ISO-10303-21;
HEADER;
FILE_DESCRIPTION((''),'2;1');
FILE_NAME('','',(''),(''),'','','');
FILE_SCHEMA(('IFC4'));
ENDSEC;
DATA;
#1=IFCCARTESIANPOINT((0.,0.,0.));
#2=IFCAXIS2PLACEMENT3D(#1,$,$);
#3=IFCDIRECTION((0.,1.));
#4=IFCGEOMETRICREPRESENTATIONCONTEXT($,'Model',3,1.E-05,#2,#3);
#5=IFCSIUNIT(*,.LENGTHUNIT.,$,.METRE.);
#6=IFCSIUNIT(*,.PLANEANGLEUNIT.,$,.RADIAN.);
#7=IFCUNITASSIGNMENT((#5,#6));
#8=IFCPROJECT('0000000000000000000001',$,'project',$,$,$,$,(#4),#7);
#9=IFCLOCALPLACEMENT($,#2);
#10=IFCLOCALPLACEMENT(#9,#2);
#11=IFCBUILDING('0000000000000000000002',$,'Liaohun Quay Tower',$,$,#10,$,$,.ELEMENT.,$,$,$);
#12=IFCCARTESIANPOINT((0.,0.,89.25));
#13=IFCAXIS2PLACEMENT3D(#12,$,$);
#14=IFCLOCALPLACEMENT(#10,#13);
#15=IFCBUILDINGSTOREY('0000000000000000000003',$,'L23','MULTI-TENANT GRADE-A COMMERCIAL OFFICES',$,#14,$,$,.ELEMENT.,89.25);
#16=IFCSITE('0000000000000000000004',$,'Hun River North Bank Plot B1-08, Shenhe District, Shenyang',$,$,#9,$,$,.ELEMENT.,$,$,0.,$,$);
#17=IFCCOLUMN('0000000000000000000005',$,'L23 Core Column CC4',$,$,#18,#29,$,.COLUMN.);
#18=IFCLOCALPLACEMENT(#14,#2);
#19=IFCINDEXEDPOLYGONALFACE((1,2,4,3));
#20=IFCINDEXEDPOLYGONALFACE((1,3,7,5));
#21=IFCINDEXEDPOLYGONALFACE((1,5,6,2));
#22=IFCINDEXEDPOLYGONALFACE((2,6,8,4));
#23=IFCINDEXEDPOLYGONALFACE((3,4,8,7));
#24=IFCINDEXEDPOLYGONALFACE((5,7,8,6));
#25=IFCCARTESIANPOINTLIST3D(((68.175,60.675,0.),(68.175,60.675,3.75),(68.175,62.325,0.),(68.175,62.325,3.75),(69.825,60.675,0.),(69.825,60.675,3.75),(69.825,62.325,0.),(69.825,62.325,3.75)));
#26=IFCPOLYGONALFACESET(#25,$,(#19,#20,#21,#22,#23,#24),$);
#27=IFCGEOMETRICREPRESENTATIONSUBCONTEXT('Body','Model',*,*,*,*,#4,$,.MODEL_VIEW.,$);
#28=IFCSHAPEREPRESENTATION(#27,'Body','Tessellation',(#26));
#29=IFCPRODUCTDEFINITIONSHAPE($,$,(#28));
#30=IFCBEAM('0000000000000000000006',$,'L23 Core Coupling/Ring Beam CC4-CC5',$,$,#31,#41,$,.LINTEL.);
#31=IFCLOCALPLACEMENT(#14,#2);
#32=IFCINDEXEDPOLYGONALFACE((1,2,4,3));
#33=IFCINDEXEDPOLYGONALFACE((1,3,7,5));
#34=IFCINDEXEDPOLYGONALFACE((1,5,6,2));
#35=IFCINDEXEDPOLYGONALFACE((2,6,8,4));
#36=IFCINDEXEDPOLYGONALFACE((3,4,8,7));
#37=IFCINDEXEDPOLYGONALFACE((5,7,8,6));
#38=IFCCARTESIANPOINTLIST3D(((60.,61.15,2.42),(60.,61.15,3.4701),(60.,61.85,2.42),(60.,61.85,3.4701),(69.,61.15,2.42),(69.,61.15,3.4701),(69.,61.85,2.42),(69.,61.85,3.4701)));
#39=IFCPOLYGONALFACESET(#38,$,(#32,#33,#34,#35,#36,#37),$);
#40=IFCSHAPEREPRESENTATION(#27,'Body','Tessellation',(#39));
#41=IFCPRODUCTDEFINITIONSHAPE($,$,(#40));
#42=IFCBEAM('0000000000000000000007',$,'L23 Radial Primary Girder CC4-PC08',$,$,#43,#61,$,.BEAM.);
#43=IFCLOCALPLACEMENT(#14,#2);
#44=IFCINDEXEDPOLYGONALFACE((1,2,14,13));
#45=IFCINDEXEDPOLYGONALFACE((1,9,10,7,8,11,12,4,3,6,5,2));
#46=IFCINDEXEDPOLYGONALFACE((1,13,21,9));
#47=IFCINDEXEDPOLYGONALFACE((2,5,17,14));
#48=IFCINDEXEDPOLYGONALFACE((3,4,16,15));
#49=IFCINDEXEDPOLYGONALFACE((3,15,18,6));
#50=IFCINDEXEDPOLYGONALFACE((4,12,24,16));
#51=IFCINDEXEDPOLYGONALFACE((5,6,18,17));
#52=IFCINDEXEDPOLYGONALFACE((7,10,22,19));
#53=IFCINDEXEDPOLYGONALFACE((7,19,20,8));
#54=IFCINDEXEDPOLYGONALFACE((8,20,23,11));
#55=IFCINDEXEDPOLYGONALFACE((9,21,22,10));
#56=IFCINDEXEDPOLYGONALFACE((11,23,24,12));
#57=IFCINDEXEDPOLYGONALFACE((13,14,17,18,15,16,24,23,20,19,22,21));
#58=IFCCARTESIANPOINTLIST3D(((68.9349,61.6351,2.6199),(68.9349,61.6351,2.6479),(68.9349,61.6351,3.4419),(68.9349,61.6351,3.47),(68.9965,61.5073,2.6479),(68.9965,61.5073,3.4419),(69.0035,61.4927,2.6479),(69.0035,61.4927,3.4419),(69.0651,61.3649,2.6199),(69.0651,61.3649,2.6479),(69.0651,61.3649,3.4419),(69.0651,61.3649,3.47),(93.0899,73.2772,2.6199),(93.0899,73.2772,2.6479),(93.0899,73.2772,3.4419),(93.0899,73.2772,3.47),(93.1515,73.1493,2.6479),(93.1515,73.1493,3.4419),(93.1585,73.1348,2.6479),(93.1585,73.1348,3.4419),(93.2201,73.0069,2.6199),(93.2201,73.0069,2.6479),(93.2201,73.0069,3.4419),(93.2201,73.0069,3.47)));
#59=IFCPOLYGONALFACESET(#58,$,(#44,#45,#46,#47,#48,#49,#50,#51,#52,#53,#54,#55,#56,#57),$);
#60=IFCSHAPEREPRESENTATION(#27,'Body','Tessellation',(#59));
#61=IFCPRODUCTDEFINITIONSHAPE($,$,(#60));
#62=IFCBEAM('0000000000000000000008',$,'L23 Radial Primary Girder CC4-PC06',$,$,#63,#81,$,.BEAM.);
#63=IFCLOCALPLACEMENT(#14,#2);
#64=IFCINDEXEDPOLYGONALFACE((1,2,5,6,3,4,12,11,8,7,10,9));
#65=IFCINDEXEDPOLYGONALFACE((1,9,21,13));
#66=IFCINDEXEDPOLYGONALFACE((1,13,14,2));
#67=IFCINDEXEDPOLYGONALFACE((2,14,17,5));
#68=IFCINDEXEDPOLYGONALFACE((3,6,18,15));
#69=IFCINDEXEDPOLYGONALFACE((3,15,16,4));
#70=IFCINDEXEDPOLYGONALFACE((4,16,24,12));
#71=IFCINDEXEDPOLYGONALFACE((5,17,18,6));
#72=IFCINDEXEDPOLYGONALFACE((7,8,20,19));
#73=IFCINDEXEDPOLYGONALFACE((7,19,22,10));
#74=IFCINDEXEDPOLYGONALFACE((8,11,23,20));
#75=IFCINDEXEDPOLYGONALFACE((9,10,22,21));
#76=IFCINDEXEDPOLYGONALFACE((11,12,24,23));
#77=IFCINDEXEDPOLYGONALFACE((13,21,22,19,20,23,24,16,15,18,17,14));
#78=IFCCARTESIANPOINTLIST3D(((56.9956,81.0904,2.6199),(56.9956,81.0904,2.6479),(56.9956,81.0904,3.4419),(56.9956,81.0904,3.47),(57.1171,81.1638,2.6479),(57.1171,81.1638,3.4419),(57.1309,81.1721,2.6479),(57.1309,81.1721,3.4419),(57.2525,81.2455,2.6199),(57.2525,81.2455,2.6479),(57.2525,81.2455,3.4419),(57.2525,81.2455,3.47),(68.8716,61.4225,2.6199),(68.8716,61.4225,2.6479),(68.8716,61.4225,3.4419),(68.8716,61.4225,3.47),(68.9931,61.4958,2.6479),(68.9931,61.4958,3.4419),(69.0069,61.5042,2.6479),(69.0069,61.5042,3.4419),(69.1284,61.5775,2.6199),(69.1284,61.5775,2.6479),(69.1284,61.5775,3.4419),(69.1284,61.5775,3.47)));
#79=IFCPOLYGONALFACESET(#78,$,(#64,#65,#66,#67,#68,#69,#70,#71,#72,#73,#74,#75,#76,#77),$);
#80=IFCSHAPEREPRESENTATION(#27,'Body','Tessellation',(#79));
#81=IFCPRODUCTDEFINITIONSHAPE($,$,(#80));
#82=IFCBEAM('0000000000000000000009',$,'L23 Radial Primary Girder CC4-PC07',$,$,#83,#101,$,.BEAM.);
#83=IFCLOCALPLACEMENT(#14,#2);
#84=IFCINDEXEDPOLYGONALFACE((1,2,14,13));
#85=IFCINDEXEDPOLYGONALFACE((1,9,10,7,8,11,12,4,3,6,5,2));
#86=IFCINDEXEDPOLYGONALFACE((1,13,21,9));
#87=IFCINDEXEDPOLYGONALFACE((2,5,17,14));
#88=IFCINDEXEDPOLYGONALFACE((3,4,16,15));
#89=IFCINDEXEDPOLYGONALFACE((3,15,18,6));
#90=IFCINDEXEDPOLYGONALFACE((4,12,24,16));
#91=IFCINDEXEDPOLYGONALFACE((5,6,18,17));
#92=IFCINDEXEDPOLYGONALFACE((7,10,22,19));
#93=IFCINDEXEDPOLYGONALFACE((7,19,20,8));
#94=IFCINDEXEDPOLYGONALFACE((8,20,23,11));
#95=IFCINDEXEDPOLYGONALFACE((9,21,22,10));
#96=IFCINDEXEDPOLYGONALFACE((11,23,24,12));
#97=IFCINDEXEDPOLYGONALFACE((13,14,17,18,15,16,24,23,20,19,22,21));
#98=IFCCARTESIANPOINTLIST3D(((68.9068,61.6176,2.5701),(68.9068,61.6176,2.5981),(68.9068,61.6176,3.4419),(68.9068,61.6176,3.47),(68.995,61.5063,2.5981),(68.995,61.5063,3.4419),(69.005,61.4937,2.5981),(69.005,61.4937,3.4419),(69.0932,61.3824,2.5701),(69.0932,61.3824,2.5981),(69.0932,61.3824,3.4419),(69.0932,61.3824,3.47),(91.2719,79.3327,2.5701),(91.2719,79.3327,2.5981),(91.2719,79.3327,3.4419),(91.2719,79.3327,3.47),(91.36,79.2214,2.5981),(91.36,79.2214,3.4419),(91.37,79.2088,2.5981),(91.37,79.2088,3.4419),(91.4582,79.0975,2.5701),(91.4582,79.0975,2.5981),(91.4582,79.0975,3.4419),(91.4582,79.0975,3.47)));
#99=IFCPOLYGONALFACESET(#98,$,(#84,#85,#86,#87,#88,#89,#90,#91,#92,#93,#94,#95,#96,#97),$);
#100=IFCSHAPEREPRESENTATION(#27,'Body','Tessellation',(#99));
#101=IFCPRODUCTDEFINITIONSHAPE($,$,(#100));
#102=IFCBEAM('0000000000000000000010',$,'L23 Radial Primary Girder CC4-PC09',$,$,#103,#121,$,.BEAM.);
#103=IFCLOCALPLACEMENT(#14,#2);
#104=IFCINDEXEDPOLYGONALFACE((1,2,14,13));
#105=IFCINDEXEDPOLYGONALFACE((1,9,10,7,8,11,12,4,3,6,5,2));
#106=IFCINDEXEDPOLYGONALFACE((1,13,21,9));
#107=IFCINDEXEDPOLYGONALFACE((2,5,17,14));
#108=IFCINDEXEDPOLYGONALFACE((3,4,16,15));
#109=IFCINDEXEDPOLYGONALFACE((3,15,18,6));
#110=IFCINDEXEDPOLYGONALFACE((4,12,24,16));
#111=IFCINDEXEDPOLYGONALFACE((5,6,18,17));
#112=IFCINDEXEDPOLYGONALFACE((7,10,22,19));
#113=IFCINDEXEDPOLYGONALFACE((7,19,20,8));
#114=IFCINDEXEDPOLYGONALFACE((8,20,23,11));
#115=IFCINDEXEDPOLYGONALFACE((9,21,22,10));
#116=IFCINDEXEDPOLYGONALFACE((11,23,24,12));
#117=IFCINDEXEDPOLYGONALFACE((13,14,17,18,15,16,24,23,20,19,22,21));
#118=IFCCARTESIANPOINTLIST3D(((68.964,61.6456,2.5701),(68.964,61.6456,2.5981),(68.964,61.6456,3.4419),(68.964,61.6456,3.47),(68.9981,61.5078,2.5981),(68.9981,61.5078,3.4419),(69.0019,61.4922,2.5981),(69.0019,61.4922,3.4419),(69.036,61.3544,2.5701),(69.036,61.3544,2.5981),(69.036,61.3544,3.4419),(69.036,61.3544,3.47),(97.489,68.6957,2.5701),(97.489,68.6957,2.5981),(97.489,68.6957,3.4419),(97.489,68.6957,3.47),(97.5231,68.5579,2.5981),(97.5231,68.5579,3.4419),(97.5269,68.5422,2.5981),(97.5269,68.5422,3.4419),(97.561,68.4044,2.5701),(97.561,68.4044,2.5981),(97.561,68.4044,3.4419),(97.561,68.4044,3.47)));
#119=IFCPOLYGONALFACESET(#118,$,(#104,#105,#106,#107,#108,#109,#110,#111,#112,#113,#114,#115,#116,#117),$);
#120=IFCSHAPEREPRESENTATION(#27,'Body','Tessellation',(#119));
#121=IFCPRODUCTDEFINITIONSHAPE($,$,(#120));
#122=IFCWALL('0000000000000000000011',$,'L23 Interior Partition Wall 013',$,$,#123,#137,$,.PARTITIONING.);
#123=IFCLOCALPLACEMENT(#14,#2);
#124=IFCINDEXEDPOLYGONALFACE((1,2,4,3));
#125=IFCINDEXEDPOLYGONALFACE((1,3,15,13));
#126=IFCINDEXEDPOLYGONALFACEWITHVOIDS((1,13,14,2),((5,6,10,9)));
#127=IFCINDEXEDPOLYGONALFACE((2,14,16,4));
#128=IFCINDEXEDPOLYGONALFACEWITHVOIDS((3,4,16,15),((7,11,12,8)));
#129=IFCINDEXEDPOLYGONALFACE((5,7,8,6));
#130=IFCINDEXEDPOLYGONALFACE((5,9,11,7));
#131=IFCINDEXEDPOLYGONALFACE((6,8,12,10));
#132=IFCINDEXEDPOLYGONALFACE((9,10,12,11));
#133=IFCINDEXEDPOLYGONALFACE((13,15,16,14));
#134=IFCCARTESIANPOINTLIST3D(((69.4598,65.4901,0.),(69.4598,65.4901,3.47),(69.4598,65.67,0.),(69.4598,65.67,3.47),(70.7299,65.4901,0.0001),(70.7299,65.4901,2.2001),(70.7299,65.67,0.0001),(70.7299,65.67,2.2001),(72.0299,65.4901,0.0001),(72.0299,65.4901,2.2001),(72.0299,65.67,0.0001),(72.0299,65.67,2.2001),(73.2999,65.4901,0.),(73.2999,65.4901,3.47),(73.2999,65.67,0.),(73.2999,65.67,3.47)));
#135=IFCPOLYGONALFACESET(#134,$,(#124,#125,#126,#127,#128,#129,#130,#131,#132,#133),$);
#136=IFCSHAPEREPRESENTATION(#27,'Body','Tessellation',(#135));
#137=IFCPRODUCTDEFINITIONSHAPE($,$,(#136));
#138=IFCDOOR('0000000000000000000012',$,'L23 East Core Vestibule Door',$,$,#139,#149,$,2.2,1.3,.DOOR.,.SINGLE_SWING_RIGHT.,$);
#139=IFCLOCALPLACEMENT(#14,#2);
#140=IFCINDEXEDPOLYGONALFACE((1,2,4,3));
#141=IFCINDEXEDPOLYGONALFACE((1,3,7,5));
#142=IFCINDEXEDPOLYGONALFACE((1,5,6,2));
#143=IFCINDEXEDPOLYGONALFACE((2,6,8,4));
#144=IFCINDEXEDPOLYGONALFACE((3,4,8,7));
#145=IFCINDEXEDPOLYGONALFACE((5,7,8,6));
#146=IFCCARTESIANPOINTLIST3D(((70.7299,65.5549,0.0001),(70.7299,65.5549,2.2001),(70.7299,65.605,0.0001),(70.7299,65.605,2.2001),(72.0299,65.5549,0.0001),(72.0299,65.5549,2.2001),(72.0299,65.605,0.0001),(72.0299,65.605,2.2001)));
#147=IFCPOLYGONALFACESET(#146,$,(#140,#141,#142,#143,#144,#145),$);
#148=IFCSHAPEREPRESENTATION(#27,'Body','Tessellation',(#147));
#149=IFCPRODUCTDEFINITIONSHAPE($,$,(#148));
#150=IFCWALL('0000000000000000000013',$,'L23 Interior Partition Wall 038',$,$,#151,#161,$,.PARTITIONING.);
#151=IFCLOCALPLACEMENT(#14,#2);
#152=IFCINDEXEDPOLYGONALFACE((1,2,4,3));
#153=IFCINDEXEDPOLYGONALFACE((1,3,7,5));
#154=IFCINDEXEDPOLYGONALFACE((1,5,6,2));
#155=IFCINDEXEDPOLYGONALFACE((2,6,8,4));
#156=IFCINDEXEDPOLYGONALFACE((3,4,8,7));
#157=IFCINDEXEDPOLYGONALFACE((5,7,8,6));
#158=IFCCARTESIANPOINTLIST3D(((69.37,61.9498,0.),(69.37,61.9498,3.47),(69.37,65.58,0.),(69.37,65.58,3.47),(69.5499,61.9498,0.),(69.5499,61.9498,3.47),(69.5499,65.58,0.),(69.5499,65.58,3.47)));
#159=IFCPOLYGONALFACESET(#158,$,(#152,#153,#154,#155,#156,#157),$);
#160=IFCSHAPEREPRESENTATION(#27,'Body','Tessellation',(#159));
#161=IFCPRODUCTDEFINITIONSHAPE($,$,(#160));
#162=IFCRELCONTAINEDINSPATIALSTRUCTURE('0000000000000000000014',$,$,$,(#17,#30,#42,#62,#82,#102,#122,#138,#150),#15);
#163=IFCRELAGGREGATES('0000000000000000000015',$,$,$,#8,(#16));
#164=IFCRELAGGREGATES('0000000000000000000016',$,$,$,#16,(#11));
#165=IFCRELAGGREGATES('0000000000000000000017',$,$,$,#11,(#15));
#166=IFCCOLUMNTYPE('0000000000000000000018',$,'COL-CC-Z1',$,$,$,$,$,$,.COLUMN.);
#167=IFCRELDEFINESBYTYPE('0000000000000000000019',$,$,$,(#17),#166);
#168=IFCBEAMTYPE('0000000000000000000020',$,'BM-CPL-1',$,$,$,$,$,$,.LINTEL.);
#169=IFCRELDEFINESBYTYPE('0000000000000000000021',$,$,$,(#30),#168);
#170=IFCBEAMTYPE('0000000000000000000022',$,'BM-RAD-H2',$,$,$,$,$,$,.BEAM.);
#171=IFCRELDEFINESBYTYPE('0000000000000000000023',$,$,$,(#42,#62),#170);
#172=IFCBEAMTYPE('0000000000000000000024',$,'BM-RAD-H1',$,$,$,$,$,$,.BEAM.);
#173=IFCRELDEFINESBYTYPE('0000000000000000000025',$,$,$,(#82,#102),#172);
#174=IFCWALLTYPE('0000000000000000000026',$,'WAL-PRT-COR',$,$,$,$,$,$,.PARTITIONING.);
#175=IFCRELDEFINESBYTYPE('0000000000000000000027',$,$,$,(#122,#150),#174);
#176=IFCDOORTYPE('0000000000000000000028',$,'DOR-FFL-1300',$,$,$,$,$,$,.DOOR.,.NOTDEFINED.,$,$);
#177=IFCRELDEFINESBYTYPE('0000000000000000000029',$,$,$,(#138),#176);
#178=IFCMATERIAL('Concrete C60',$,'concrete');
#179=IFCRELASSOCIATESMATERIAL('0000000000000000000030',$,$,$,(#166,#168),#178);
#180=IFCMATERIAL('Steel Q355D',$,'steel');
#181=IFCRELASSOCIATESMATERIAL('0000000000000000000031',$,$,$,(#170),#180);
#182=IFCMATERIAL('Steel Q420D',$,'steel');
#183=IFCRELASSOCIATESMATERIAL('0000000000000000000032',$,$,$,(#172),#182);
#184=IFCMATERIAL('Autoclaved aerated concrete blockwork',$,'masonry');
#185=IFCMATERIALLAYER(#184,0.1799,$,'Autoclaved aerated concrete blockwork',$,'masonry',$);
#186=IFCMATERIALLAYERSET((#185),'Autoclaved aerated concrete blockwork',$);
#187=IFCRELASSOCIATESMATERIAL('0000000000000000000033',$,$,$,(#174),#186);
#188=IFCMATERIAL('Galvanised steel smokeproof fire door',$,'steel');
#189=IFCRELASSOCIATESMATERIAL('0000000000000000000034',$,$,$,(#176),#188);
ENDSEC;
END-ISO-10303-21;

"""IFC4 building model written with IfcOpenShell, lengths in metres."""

from ifc_helpers import new_model, si_unit, direction, frame, frame_2d, origin, origin_2d, place, context, subcontext, project, spatial, rectangle, i_section, extrude, source, transform, mapped, material, layer, layer_set, material_profile, profile_set, type_object, element, fill, save


model = new_model("IFC4")

# Units and contexts
model_context = context("Model", 3, precision=1e-05, world=origin(), true_north=direction((0.0, 1.0)))
body_context = subcontext(model_context, "Body", "Model", "MODEL_VIEW")
ifc_project = project(units=[si_unit("LENGTHUNIT", "METRE"), si_unit("PLANEANGLEUNIT", "RADIAN")], contexts=[model_context])

# Site, building, storey
site_placement = place(None, origin())
site = spatial("IfcSite", under=ifc_project, at=site_placement, Name="Hun River North Bank Plot B1-08, Shenhe District, Shenyang", CompositionType="ELEMENT", RefElevation=0.0)
building_placement = place(site_placement, origin())
building = spatial("IfcBuilding", under=site, at=building_placement, Name="Liaohun Quay Tower", CompositionType="ELEMENT")
storey_placement = place(building_placement, frame((0.0, 0.0, 89.25)))
storey = spatial("IfcBuildingStorey", under=building, at=storey_placement, Name="L23", Description="MULTI-TENANT GRADE-A COMMERCIAL OFFICES", CompositionType="ELEMENT", Elevation=89.25)

# Column
ifc_material_1 = material(Name="Concrete C60", Category="concrete")
ifc_material_profile_1 = material_profile(ifc_material_1, rectangle(XDim=1.6499, YDim=1.6499, at=origin_2d()), Name="RC1650x1650")
ifc_profile_set_1 = profile_set([ifc_material_profile_1], Name="Concrete C60")
column_type = type_object("IfcColumnType", Name="COL-CC-Z1", PredefinedType="COLUMN", material=ifc_profile_set_1)
shared_shape_1 = source(origin(), body_context, "Body", "SweptSolid", [
    extrude(rectangle(XDim=1.6499, YDim=1.6499, at=origin_2d()), origin(), (0.0, 0.0, 1.0), 3.75),
])
column_placement = place(storey_placement, frame((69.0, 61.5, 0.0), z_axis=(0.0, 0.0, 1.0), x_axis=(1.0, 0.0, 0.0)))
element("IfcColumn", 1, at=column_placement, inside=storey, type_object=column_type, Name="L23 Core Column CC4", PredefinedType="COLUMN", context=body_context, shape_type="MappedRepresentation", body=[
    mapped(shared_shape_1, transform((0.0, 0.0, 0.0), x_axis=(1.0, 0.0, 0.0), y_axis=(0.0, 1.0, 0.0), z_axis=(0.0, 0.0, 1.0), scale=1.0)),
])

# Beams
ifc_material_profile_2 = material_profile(ifc_material_1, rectangle(XDim=0.7, YDim=1.05, at=origin_2d()), Name="RC700x1050")
ifc_profile_set_2 = profile_set([ifc_material_profile_2], Name="Concrete C60")
beam_type_1 = type_object("IfcBeamType", Name="BM-CPL-1", PredefinedType="LINTEL", material=ifc_profile_set_2)
shared_shape_2 = source(origin(), body_context, "Body", "SweptSolid", [
    extrude(rectangle(XDim=0.7, YDim=1.05, at=origin_2d()), origin(), (0.0, 0.0, 1.0), 9.0),
])
beam_1_placement = place(storey_placement, frame((69.0, 61.5, 2.9451), z_axis=(-1.0, 0.0, 0.0), x_axis=(0.0, -1.0, 0.0)))
element("IfcBeam", 2, at=beam_1_placement, inside=storey, type_object=beam_type_1, Name="L23 Core Coupling/Ring Beam CC4-CC5", PredefinedType="LINTEL", context=body_context, shape_type="MappedRepresentation", body=[
    mapped(shared_shape_2, transform((0.0, 0.0, 0.0), x_axis=(1.0, 0.0, 0.0), y_axis=(0.0, 1.0, 0.0), z_axis=(0.0, 0.0, 1.0), scale=1.0)),
])
ifc_material_2 = material(Name="Steel Q355D", Category="steel")
ifc_material_profile_3 = material_profile(ifc_material_2, i_section(OverallWidth=0.3, OverallDepth=0.8501, WebThickness=0.0161, FlangeThickness=0.0281, at=origin_2d()), Name="HN850x300x16x28")
ifc_profile_set_3 = profile_set([ifc_material_profile_3], Name="Steel Q355D")
beam_type_2 = type_object("IfcBeamType", Name="BM-RAD-H2", PredefinedType="BEAM", material=ifc_profile_set_3)
shared_shape_3 = source(origin(), body_context, "Body", "SweptSolid", [
    extrude(i_section(OverallWidth=0.3, OverallDepth=0.8501, WebThickness=0.0161, FlangeThickness=0.0281, at=origin_2d()), origin(), (0.0, 0.0, 1.0), 26.8142),
])
beam_2_placement = place(storey_placement, frame((69.0, 61.5, 3.0449), z_axis=(0.900828, 0.434176, 0.0), x_axis=(-0.434176, 0.900828, 0.0)))
element("IfcBeam", 3, at=beam_2_placement, inside=storey, type_object=beam_type_2, Name="L23 Radial Primary Girder CC4-PC08", PredefinedType="BEAM", context=body_context, shape_type="MappedRepresentation", body=[
    mapped(shared_shape_3, transform((0.0, 0.0, 0.0), x_axis=(1.0, 0.0, 0.0), y_axis=(0.0, 1.0, 0.0), z_axis=(0.0, 0.0, 1.0), scale=1.0)),
])
shared_shape_4 = source(origin(), body_context, "Body", "SweptSolid", [
    extrude(i_section(OverallWidth=0.3, OverallDepth=0.8501, WebThickness=0.0161, FlangeThickness=0.0281, at=origin_2d()), origin(), (0.0, 0.0, 1.0), 22.9753),
])
beam_3_placement = place(storey_placement, frame((69.0, 61.5, 3.0449), z_axis=(-0.5169, 0.856046, 0.0), x_axis=(-0.856046, -0.5169, 0.0)))
element("IfcBeam", 4, at=beam_3_placement, inside=storey, type_object=beam_type_2, Name="L23 Radial Primary Girder CC4-PC06", PredefinedType="BEAM", context=body_context, shape_type="MappedRepresentation", body=[
    mapped(shared_shape_4, transform((0.0, 0.0, 0.0), x_axis=(1.0, 0.0, 0.0), y_axis=(0.0, 1.0, 0.0), z_axis=(0.0, 0.0, 1.0), scale=1.0)),
])
ifc_material_3 = material(Name="Steel Q420D", Category="steel")
ifc_material_profile_4 = material_profile(ifc_material_3, i_section(OverallWidth=0.3, OverallDepth=0.8999, WebThickness=0.0161, FlangeThickness=0.0281, at=origin_2d()), Name="HN900x300x16x28")
ifc_profile_set_4 = profile_set([ifc_material_profile_4], Name="Steel Q420D")
beam_type_3 = type_object("IfcBeamType", Name="BM-RAD-H1", PredefinedType="BEAM", material=ifc_profile_set_4)
shared_shape_5 = source(origin(), body_context, "Body", "SweptSolid", [
    extrude(i_section(OverallWidth=0.3, OverallDepth=0.8999, WebThickness=0.0161, FlangeThickness=0.0281, at=origin_2d()), origin(), (0.0, 0.0, 1.0), 28.531),
])
beam_4_placement = place(storey_placement, frame((69.0, 61.5, 3.02), z_axis=(0.783884, 0.620907, 0.0), x_axis=(-0.620907, 0.783884, 0.0)))
element("IfcBeam", 5, at=beam_4_placement, inside=storey, type_object=beam_type_3, Name="L23 Radial Primary Girder CC4-PC07", PredefinedType="BEAM", context=body_context, shape_type="MappedRepresentation", body=[
    mapped(shared_shape_5, transform((0.0, 0.0, 0.0), x_axis=(1.0, 0.0, 0.0), y_axis=(0.0, 1.0, 0.0), z_axis=(0.0, 0.0, 1.0), scale=1.0)),
])
shared_shape_6 = source(origin(), body_context, "Body", "SweptSolid", [
    extrude(i_section(OverallWidth=0.3, OverallDepth=0.8999, WebThickness=0.0161, FlangeThickness=0.0281, at=origin_2d()), origin(), (0.0, 0.0, 1.0), 29.3833),
])
beam_5_placement = place(storey_placement, frame((69.0, 61.5, 3.02), z_axis=(0.970789, 0.239935, 0.0), x_axis=(-0.239935, 0.970789, 0.0)))
element("IfcBeam", 6, at=beam_5_placement, inside=storey, type_object=beam_type_3, Name="L23 Radial Primary Girder CC4-PC09", PredefinedType="BEAM", context=body_context, shape_type="MappedRepresentation", body=[
    mapped(shared_shape_6, transform((0.0, 0.0, 0.0), x_axis=(1.0, 0.0, 0.0), y_axis=(0.0, 1.0, 0.0), z_axis=(0.0, 0.0, 1.0), scale=1.0)),
])

# Wall, opening, door
ifc_material_4 = material(Name="Autoclaved aerated concrete blockwork", Category="masonry")
ifc_layer_1 = layer(ifc_material_4, 0.1799, Name="Autoclaved aerated concrete blockwork", Category="masonry")
ifc_layer_set_1 = layer_set([ifc_layer_1], Name="Autoclaved aerated concrete blockwork")
wall_type_1 = type_object("IfcWallType", Name="WAL-PRT-COR", PredefinedType="PARTITIONING", material=ifc_layer_set_1)
wall_1_placement = place(storey_placement, frame((69.46, 65.5801, 0.0), z_axis=(0.0, 0.0, 1.0), x_axis=(1.0, 0.0, 0.0)))
wall_1 = element("IfcWall", 7, at=wall_1_placement, inside=storey, type_object=wall_type_1, Name="L23 Interior Partition Wall 013", PredefinedType="PARTITIONING", context=body_context, shape_type="SweptSolid", body=[
    extrude(rectangle(XDim=3.8401, YDim=0.1799, at=frame_2d((1.9199, 0.0))), origin(), (0.0, 0.0, 1.0), 3.47),
])
shared_shape_7 = source(origin(), body_context, "Body", "SweptSolid", [
    extrude(rectangle(XDim=1.3, YDim=2.2, at=frame_2d((0.6499, 1.1001))), frame((0.0, 0.0999, 0.0), z_axis=(0.0, -1.0, 0.0), x_axis=(1.0, 0.0, 0.0)), (0.0, 0.0, 1.0), 0.2),
])
opening_1_placement = place(wall_1_placement, frame((1.27, 0.0, 0.0)))
opening_1 = element("IfcOpeningElement", 8, at=opening_1_placement, cuts=wall_1, PredefinedType="OPENING", context=body_context, shape_type="MappedRepresentation", body=[
    mapped(shared_shape_7, transform((0.0, 0.0, 0.0), x_axis=(1.0, 0.0, 0.0), y_axis=(0.0, 1.0, 0.0), z_axis=(0.0, 0.0, 1.0), scale=1.0)),
])
ifc_material_5 = material(Name="Galvanised steel smokeproof fire door", Category="steel")
door_type_1 = type_object("IfcDoorType", Name="DOR-FFL-1300", OperationType="NOTDEFINED", PredefinedType="DOOR", material=ifc_material_5)
shared_shape_8 = source(origin(), body_context, "Body", "SweptSolid", [
    extrude(rectangle(XDim=1.3, YDim=2.2, at=frame_2d((0.6499, 1.1001))), frame((0.0, 0.0249, 0.0), z_axis=(0.0, -1.0, 0.0), x_axis=(1.0, 0.0, 0.0)), (0.0, 0.0, 1.0), 0.05),
])
door_1_placement = place(opening_1_placement, origin())
door_1 = element("IfcDoor", 9, at=door_1_placement, inside=storey, type_object=door_type_1, Name="L23 East Core Vestibule Door", OperationType="SINGLE_SWING_RIGHT", OverallHeight=2.2, OverallWidth=1.3, PredefinedType="DOOR", context=body_context, shape_type="MappedRepresentation", body=[
    mapped(shared_shape_8, transform((0.0, 0.0, 0.0), x_axis=(1.0, 0.0, 0.0), y_axis=(0.0, 1.0, 0.0), z_axis=(0.0, 0.0, 1.0), scale=1.0)),
])
fill(opening_1, door_1)

# Wall
wall_2_placement = place(storey_placement, frame((69.46, 61.95, 0.0), z_axis=(0.0, 0.0, 1.0), x_axis=(0.0, 1.0, 0.0)))
element("IfcWall", 10, at=wall_2_placement, inside=storey, type_object=wall_type_1, Name="L23 Interior Partition Wall 038", PredefinedType="PARTITIONING", context=body_context, shape_type="SweptSolid", body=[
    extrude(rectangle(XDim=3.6301, YDim=0.1799, at=frame_2d((1.8149, 0.0))), origin(), (0.0, 0.0, 1.0), 3.47),
])

save(model, "model.ifc")
